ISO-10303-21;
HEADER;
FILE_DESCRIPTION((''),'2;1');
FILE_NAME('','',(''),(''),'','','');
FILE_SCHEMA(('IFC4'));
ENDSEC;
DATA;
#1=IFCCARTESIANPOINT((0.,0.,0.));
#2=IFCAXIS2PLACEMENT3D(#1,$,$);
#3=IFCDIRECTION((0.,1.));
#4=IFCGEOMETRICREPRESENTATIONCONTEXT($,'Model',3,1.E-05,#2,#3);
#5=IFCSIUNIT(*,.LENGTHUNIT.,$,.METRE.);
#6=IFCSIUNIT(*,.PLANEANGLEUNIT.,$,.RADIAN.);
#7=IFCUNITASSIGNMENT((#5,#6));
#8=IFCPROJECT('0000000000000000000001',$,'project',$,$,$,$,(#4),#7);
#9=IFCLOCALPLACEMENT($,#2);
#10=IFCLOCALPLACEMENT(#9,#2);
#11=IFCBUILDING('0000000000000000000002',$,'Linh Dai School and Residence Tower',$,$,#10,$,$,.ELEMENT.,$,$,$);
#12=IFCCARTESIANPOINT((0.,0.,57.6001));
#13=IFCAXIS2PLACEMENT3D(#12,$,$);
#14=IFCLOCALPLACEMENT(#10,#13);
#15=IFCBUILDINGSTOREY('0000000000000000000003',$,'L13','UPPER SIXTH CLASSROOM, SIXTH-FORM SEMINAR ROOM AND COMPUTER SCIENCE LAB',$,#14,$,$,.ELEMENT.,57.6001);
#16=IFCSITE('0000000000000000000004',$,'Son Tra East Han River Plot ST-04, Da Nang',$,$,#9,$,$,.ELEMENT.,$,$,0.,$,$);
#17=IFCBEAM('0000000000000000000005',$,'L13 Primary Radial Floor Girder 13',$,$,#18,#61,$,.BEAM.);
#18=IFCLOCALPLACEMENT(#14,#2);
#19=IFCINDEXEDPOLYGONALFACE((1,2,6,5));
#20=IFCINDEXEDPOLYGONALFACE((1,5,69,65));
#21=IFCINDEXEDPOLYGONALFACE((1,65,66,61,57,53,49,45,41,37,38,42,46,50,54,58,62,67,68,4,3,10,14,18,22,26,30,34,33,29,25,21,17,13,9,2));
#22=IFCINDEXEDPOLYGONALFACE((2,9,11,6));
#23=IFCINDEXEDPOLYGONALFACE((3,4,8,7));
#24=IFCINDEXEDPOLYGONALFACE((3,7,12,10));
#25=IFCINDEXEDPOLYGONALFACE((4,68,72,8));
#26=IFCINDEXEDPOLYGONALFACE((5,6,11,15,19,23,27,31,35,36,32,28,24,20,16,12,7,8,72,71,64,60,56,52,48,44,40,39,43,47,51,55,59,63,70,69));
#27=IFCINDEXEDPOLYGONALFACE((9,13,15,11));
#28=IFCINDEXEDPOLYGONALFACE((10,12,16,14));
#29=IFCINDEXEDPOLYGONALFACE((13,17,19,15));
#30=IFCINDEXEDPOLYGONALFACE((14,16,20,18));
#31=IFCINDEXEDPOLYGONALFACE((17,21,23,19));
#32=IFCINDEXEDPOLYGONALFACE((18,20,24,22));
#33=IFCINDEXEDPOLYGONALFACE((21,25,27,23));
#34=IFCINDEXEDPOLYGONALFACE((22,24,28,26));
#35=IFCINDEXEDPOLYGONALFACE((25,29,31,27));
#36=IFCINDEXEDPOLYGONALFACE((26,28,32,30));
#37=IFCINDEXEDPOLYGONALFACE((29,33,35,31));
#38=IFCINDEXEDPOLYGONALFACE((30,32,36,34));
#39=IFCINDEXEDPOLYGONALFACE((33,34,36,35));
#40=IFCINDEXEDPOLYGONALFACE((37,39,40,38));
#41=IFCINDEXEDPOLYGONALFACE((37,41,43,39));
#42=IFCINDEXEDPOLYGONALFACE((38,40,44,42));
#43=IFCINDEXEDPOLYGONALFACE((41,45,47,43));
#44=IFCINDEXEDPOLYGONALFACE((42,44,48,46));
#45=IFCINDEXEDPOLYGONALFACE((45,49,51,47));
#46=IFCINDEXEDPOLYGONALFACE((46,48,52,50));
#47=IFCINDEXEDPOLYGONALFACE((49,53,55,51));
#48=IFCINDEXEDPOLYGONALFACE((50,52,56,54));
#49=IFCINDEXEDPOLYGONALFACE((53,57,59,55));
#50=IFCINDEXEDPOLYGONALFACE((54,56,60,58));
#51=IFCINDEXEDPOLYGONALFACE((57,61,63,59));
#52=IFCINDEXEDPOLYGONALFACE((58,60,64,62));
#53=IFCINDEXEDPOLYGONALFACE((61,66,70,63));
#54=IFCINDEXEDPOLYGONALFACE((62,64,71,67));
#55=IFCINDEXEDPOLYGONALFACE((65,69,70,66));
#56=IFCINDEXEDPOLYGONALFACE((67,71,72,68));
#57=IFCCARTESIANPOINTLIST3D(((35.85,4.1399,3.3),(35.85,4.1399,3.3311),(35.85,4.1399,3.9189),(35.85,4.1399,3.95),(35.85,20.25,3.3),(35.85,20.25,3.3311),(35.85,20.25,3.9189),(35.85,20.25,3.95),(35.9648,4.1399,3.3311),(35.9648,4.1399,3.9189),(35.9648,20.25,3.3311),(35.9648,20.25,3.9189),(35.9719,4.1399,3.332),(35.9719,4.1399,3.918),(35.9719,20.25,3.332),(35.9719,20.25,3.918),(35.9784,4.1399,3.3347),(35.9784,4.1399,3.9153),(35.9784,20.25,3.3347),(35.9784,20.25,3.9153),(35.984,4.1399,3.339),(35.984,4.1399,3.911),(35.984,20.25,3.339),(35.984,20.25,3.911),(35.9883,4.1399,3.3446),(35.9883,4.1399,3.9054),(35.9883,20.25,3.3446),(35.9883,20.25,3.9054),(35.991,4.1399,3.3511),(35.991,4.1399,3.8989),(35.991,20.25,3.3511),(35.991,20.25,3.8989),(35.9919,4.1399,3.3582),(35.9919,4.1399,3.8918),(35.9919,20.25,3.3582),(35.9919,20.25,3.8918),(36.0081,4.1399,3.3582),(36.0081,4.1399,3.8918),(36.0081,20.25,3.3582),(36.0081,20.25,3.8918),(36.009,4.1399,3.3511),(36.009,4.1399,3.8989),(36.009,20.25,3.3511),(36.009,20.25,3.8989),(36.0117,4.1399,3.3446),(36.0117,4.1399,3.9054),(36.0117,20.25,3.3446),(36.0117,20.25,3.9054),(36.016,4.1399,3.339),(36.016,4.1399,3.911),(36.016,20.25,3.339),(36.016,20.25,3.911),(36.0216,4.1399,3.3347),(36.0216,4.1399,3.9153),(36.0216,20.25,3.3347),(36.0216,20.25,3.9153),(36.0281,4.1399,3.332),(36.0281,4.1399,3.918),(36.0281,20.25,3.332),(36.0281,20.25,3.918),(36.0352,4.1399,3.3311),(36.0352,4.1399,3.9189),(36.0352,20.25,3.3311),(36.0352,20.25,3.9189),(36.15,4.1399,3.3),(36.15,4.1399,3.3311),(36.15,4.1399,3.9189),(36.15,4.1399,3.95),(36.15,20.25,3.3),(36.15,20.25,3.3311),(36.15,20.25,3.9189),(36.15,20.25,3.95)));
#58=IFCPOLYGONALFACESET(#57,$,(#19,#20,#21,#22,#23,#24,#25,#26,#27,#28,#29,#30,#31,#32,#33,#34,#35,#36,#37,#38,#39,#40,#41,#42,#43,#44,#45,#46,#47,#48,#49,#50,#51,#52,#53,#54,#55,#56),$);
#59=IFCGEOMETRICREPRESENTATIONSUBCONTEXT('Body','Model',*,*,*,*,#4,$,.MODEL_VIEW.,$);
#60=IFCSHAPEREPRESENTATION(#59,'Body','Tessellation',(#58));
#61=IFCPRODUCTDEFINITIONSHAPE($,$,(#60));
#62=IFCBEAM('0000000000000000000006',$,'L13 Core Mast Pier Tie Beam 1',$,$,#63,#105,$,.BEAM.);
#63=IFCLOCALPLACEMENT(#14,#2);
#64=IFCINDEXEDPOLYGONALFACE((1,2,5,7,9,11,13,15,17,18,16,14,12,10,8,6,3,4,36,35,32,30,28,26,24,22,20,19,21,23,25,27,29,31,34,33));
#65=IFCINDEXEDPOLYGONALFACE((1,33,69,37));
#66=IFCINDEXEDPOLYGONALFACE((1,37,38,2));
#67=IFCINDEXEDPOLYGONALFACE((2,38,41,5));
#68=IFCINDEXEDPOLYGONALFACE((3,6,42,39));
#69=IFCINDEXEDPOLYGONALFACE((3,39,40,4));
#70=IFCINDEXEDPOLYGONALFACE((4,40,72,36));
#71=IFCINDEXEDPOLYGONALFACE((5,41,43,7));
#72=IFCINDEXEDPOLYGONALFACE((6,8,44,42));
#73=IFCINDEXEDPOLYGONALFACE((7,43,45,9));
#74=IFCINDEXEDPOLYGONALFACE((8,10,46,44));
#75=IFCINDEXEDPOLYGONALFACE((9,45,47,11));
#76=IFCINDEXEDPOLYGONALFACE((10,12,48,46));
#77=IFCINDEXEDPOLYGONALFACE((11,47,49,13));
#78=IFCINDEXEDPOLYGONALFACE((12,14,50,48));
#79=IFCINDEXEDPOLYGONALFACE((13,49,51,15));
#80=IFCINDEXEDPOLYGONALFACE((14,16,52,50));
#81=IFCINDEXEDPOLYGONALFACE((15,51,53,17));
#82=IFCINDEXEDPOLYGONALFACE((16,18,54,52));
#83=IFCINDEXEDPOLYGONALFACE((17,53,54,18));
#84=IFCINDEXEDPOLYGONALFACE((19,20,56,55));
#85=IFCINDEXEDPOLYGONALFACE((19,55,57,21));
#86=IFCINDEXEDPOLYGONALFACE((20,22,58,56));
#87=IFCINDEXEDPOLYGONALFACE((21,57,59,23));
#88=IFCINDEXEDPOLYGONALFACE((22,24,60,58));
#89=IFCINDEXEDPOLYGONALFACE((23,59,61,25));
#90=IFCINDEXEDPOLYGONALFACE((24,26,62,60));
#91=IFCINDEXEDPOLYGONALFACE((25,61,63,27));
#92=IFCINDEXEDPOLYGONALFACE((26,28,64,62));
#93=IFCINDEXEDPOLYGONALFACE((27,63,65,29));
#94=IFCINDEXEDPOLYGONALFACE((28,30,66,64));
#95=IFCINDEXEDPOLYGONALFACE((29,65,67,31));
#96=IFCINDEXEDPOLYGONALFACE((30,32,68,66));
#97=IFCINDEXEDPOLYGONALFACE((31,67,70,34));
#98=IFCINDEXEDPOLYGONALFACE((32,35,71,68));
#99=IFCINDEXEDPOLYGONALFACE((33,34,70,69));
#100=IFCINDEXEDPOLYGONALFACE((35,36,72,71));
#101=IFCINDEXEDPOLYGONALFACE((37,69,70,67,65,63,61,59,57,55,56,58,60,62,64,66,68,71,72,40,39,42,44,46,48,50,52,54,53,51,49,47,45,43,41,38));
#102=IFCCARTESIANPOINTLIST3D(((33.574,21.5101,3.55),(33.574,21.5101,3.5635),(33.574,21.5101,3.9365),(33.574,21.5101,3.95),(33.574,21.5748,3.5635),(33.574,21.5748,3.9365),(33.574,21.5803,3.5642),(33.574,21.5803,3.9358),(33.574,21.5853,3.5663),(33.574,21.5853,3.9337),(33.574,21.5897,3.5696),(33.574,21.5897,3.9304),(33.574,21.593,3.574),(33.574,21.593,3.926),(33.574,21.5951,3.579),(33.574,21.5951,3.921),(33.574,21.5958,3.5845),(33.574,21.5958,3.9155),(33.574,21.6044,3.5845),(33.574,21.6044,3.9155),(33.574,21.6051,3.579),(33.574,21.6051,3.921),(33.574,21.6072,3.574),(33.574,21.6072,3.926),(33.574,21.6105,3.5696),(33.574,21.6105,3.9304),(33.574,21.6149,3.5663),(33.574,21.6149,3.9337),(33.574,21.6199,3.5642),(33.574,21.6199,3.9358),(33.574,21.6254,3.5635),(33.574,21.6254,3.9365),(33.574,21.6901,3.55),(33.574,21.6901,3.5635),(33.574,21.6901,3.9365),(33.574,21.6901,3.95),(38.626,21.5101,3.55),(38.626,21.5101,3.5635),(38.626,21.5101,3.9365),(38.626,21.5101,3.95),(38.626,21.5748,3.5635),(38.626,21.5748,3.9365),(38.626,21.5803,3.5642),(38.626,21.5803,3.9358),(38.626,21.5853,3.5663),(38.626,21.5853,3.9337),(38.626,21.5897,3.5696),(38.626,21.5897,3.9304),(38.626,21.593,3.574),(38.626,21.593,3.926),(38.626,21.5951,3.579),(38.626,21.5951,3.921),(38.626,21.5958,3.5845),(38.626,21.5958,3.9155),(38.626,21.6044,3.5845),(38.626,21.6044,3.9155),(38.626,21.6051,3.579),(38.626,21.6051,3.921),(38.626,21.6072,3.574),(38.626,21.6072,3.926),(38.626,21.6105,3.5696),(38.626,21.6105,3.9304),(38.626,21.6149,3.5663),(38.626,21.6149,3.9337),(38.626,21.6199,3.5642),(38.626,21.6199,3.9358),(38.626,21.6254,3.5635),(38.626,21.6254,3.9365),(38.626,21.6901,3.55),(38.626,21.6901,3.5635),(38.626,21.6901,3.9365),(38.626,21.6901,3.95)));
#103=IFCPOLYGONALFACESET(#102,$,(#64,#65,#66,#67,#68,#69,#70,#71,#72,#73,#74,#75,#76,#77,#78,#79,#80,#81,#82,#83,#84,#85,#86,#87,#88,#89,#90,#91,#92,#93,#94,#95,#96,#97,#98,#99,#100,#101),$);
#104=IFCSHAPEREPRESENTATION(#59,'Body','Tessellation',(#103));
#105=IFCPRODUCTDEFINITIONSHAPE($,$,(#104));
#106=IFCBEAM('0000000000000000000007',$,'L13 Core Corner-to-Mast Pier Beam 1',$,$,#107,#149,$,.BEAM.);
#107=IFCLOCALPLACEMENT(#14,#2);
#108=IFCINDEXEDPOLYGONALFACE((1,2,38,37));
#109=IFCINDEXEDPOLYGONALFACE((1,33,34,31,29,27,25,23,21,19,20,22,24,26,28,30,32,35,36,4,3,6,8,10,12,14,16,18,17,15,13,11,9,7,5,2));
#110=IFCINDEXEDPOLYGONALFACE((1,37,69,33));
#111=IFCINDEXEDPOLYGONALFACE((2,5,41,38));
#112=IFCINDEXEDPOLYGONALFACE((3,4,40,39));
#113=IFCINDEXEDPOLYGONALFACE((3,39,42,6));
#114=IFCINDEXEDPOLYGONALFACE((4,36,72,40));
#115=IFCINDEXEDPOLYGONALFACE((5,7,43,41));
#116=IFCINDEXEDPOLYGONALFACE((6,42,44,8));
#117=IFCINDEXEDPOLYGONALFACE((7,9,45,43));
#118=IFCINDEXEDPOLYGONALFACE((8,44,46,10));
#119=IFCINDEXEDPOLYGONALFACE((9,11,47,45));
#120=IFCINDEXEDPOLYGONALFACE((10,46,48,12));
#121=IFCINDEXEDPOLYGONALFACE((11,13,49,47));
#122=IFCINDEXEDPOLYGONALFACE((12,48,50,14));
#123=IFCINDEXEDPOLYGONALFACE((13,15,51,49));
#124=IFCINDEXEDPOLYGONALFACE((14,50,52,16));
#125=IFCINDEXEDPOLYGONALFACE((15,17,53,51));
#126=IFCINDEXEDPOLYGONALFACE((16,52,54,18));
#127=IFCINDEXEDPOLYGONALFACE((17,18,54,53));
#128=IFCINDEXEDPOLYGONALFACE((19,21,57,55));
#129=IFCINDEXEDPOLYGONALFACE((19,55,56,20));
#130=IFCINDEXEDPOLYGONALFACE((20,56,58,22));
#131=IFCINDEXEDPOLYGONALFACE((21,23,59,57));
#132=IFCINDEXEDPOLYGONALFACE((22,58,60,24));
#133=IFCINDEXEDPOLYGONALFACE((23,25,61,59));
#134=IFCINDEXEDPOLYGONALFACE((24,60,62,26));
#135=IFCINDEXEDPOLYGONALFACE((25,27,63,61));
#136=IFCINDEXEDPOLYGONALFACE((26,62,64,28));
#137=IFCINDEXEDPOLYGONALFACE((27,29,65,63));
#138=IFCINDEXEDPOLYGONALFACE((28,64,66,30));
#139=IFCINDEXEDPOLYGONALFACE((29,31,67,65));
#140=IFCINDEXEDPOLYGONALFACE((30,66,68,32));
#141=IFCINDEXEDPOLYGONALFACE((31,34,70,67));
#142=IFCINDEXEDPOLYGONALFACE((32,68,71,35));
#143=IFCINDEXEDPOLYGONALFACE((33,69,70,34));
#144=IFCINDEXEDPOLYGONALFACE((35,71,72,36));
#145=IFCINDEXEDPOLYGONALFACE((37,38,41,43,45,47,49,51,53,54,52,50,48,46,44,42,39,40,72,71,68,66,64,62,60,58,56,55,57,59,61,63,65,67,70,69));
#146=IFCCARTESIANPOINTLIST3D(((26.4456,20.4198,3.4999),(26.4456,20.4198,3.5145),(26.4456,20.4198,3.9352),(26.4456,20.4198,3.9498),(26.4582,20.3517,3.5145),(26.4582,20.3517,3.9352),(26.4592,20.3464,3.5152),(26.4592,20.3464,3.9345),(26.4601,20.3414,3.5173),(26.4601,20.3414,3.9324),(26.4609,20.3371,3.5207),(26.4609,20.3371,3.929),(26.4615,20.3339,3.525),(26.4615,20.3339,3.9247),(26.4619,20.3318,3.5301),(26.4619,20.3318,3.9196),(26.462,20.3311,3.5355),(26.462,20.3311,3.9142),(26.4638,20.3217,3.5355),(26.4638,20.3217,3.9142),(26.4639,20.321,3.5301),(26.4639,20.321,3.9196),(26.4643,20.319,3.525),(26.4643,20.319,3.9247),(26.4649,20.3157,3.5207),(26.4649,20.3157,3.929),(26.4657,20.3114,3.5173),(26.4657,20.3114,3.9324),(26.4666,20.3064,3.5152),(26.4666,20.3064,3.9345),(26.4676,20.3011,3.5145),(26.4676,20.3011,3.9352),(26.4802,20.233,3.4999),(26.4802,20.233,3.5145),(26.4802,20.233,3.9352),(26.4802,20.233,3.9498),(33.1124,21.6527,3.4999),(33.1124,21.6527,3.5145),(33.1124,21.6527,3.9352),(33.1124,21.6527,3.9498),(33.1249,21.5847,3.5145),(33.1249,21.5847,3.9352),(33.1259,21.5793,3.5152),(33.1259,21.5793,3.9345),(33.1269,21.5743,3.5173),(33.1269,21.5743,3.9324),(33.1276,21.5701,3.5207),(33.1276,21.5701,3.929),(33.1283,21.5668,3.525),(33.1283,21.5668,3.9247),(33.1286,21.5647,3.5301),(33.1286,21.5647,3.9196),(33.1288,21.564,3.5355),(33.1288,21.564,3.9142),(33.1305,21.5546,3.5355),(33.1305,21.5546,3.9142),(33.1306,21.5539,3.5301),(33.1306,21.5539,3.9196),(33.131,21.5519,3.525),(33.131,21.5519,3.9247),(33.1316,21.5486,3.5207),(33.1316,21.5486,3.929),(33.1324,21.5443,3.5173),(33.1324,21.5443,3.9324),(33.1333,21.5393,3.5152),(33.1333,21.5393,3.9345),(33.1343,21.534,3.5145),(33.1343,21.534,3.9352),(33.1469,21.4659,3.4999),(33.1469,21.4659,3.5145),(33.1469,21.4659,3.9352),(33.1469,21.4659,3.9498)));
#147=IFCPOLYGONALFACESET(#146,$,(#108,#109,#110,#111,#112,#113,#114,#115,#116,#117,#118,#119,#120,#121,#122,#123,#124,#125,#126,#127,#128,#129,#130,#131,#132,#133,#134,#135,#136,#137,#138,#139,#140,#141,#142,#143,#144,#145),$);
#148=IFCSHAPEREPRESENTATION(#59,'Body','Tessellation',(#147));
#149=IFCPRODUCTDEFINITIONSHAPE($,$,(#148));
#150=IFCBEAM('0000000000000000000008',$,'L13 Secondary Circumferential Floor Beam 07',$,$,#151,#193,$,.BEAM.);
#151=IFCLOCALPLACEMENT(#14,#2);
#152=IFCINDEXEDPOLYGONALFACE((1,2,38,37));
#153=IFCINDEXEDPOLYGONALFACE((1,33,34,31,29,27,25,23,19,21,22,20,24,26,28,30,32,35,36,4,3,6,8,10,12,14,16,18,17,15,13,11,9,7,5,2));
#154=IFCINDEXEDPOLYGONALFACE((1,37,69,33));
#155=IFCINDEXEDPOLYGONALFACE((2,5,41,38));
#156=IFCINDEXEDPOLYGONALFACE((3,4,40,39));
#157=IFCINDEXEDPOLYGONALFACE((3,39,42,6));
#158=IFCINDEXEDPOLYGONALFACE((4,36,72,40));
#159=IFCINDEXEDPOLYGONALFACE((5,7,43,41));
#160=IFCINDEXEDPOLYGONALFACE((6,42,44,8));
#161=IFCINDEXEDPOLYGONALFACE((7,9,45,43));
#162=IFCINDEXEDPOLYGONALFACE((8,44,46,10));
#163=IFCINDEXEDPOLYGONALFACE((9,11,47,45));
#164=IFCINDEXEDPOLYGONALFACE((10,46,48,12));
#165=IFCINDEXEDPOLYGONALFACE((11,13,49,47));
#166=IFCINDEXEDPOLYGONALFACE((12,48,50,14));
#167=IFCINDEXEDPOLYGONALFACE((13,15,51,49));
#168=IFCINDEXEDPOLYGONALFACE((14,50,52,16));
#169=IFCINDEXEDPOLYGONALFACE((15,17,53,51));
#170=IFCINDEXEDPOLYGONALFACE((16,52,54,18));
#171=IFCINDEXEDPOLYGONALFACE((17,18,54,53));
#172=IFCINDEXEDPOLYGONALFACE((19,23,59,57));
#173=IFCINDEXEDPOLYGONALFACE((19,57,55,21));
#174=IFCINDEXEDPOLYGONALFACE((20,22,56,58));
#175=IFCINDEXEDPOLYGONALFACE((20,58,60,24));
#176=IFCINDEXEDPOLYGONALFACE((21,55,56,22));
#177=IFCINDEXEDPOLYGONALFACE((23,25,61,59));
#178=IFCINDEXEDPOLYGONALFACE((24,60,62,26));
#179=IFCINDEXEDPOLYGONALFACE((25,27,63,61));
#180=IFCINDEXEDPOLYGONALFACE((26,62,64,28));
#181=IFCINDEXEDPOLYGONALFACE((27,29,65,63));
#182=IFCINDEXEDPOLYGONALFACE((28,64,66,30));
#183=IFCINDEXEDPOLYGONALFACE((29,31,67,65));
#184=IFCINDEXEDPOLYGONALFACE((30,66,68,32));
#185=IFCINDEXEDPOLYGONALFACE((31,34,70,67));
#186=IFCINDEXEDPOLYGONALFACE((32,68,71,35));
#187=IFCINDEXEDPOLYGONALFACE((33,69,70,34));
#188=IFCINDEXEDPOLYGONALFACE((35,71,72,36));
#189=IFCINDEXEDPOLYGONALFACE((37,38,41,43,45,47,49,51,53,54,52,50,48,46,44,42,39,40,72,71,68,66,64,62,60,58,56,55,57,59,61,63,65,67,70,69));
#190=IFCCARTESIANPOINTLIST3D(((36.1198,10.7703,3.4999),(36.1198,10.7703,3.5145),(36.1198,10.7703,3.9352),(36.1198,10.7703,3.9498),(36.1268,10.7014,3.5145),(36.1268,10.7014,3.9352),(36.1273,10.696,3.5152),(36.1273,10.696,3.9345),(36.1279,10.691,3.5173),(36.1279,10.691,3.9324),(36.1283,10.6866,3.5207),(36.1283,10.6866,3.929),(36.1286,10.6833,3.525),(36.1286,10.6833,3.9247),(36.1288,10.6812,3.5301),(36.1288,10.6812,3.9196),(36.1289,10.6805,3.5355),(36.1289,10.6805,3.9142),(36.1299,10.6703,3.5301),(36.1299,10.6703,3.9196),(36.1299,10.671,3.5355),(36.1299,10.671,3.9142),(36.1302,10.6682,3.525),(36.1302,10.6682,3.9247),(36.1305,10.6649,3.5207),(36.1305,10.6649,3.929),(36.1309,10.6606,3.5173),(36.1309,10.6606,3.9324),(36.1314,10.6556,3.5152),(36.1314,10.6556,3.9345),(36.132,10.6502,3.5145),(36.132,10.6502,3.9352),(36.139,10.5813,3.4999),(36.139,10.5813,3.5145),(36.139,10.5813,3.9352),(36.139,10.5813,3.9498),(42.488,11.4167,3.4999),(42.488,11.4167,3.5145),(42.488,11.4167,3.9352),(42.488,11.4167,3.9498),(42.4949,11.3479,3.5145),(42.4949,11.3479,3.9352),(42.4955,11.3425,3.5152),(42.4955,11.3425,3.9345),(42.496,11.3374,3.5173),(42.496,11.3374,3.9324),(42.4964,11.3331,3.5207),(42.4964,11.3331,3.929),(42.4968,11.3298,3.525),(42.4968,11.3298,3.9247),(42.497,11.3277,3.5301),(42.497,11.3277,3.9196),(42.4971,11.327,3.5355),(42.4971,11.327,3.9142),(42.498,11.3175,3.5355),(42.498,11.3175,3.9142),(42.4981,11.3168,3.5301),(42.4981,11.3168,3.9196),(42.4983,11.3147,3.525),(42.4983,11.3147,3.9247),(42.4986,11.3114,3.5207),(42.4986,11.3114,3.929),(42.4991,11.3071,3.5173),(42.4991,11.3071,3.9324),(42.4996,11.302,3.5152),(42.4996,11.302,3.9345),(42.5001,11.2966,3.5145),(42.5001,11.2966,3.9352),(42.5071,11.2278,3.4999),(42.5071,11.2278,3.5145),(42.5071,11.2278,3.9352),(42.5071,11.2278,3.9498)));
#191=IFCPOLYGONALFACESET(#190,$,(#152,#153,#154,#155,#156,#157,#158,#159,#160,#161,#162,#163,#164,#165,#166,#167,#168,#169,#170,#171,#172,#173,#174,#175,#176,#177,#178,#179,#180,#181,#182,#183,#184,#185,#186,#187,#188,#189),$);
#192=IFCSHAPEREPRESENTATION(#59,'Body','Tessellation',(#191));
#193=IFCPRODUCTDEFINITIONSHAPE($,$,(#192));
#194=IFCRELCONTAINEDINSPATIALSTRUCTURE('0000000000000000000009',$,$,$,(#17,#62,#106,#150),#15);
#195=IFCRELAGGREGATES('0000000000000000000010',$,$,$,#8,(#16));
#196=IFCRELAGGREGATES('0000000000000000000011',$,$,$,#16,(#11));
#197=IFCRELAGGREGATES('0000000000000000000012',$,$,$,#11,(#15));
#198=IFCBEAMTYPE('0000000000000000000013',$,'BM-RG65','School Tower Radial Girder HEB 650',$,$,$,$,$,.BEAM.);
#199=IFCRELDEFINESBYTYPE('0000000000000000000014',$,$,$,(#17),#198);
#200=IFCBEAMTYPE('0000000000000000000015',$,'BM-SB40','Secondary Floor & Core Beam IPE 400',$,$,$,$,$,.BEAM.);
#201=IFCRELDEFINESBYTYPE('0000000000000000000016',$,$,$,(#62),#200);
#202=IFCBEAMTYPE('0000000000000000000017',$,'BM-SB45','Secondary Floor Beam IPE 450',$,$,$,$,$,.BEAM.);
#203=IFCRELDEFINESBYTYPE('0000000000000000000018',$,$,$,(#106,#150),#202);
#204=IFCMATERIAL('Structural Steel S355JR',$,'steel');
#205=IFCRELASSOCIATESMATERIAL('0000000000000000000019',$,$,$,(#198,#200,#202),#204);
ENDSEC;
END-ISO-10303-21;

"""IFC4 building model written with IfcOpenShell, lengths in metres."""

from ifc_helpers import new_model, si_unit, direction, frame, origin, origin_2d, place, context, subcontext, project, spatial, i_section, extrude, material, material_profile, profile_set, type_object, element, save


model = new_model("IFC4")

# Units and contexts
model_context = context("Model", 3, precision=1e-05, world=origin(), true_north=direction((0.0, 1.0)))
body_context = subcontext(model_context, "Body", "Model", "MODEL_VIEW")
ifc_project = project(units=[si_unit("LENGTHUNIT", "METRE"), si_unit("PLANEANGLEUNIT", "RADIAN")], contexts=[model_context])

# Site, building, storey
site_placement = place(None, origin())
site = spatial("IfcSite", under=ifc_project, at=site_placement, Name="Son Tra East Han River Plot ST-04, Da Nang", CompositionType="ELEMENT", RefElevation=0.0)
building_placement = place(site_placement, origin())
building = spatial("IfcBuilding", under=site, at=building_placement, Name="Linh Dai School and Residence Tower", CompositionType="ELEMENT")
storey_placement = place(building_placement, frame((0.0, 0.0, 57.6001)))
storey = spatial("IfcBuildingStorey", under=building, at=storey_placement, Name="L13", Description="UPPER SIXTH CLASSROOM, SIXTH-FORM SEMINAR ROOM AND COMPUTER SCIENCE LAB", CompositionType="ELEMENT", Elevation=57.6001)

# Shared definitions
ifc_material_1 = material(Name="Structural Steel S355JR", Category="steel")

# Beams
ifc_material_profile_1 = material_profile(ifc_material_1, i_section(OverallWidth=0.3, OverallDepth=0.6499, WebThickness=0.0161, FlangeThickness=0.031, FilletRadius=0.0271, at=origin_2d()), Name="HEB 650")
ifc_profile_set_1 = profile_set([ifc_material_profile_1], Name="Structural Steel S355JR")
beam_type_1 = type_object("IfcBeamType", Name="BM-RG65", Description="School Tower Radial Girder HEB 650", PredefinedType="BEAM", material=ifc_profile_set_1)
beam_1_placement = place(storey_placement, frame((36.0, 20.25, 3.625), z_axis=(0.0, -1.0, 0.0), x_axis=(1.0, 0.0, 0.0)))
element("IfcBeam", 1, at=beam_1_placement, inside=storey, type_object=beam_type_1, Name="L13 Primary Radial Floor Girder 13", PredefinedType="BEAM", context=body_context, shape_type="SweptSolid", body=[
    extrude(i_section(OverallWidth=0.3, OverallDepth=0.6499, WebThickness=0.0161, FlangeThickness=0.031, FilletRadius=0.0271, at=origin_2d()), origin(), (0.0, 0.0, 1.0), 16.1101),
])
ifc_material_profile_2 = material_profile(ifc_material_1, i_section(OverallWidth=0.1799, OverallDepth=0.3999, WebThickness=0.0085, FlangeThickness=0.0134, FilletRadius=0.021, at=origin_2d()), Name="IPE 400")
ifc_profile_set_2 = profile_set([ifc_material_profile_2], Name="Structural Steel S355JR")
beam_type_2 = type_object("IfcBeamType", Name="BM-SB40", Description="Secondary Floor & Core Beam IPE 400", PredefinedType="BEAM", material=ifc_profile_set_2)
beam_2_placement = place(storey_placement, frame((33.574, 21.6001, 3.75), z_axis=(1.0, 0.0, 0.0), x_axis=(0.0, 1.0, 0.0)))
element("IfcBeam", 2, at=beam_2_placement, inside=storey, type_object=beam_type_2, Name="L13 Core Mast Pier Tie Beam 1", PredefinedType="BEAM", context=body_context, shape_type="SweptSolid", body=[
    extrude(i_section(OverallWidth=0.1799, OverallDepth=0.3999, WebThickness=0.0085, FlangeThickness=0.0134, FilletRadius=0.021, at=origin_2d()), origin(), (0.0, 0.0, 1.0), 5.052),
])
ifc_material_profile_3 = material_profile(ifc_material_1, i_section(OverallWidth=0.1899, OverallDepth=0.45, WebThickness=0.0095, FlangeThickness=0.0146, FilletRadius=0.021, at=origin_2d()), Name="IPE 450")
ifc_profile_set_3 = profile_set([ifc_material_profile_3], Name="Structural Steel S355JR")
beam_type_3 = type_object("IfcBeamType", Name="BM-SB45", Description="Secondary Floor Beam IPE 450", PredefinedType="BEAM", material=ifc_profile_set_3)
beam_3_placement = place(storey_placement, frame((26.4629, 20.3264, 3.7249), z_axis=(0.983326, 0.181851, 0.0), x_axis=(-0.181851, 0.983326, 0.0)))
element("IfcBeam", 3, at=beam_3_placement, inside=storey, type_object=beam_type_3, Name="L13 Core Corner-to-Mast Pier Beam 1", PredefinedType="BEAM", context=body_context, shape_type="SweptSolid", body=[
    extrude(i_section(OverallWidth=0.1899, OverallDepth=0.45, WebThickness=0.0095, FlangeThickness=0.0146, FilletRadius=0.021, at=origin_2d()), origin(), (0.0, 0.0, 1.0), 6.7798),
])
beam_4_placement = place(storey_placement, frame((36.1294, 10.6758, 3.7249), z_axis=(0.994887, 0.100999, 0.0), x_axis=(-0.100999, 0.994887, 0.0)))
element("IfcBeam", 4, at=beam_4_placement, inside=storey, type_object=beam_type_3, Name="L13 Secondary Circumferential Floor Beam 07", PredefinedType="BEAM", context=body_context, shape_type="SweptSolid", body=[
    extrude(i_section(OverallWidth=0.1899, OverallDepth=0.45, WebThickness=0.0095, FlangeThickness=0.0146, FilletRadius=0.021, at=origin_2d()), origin(), (0.0, 0.0, 1.0), 6.4009),
])

save(model, "model.ifc")
